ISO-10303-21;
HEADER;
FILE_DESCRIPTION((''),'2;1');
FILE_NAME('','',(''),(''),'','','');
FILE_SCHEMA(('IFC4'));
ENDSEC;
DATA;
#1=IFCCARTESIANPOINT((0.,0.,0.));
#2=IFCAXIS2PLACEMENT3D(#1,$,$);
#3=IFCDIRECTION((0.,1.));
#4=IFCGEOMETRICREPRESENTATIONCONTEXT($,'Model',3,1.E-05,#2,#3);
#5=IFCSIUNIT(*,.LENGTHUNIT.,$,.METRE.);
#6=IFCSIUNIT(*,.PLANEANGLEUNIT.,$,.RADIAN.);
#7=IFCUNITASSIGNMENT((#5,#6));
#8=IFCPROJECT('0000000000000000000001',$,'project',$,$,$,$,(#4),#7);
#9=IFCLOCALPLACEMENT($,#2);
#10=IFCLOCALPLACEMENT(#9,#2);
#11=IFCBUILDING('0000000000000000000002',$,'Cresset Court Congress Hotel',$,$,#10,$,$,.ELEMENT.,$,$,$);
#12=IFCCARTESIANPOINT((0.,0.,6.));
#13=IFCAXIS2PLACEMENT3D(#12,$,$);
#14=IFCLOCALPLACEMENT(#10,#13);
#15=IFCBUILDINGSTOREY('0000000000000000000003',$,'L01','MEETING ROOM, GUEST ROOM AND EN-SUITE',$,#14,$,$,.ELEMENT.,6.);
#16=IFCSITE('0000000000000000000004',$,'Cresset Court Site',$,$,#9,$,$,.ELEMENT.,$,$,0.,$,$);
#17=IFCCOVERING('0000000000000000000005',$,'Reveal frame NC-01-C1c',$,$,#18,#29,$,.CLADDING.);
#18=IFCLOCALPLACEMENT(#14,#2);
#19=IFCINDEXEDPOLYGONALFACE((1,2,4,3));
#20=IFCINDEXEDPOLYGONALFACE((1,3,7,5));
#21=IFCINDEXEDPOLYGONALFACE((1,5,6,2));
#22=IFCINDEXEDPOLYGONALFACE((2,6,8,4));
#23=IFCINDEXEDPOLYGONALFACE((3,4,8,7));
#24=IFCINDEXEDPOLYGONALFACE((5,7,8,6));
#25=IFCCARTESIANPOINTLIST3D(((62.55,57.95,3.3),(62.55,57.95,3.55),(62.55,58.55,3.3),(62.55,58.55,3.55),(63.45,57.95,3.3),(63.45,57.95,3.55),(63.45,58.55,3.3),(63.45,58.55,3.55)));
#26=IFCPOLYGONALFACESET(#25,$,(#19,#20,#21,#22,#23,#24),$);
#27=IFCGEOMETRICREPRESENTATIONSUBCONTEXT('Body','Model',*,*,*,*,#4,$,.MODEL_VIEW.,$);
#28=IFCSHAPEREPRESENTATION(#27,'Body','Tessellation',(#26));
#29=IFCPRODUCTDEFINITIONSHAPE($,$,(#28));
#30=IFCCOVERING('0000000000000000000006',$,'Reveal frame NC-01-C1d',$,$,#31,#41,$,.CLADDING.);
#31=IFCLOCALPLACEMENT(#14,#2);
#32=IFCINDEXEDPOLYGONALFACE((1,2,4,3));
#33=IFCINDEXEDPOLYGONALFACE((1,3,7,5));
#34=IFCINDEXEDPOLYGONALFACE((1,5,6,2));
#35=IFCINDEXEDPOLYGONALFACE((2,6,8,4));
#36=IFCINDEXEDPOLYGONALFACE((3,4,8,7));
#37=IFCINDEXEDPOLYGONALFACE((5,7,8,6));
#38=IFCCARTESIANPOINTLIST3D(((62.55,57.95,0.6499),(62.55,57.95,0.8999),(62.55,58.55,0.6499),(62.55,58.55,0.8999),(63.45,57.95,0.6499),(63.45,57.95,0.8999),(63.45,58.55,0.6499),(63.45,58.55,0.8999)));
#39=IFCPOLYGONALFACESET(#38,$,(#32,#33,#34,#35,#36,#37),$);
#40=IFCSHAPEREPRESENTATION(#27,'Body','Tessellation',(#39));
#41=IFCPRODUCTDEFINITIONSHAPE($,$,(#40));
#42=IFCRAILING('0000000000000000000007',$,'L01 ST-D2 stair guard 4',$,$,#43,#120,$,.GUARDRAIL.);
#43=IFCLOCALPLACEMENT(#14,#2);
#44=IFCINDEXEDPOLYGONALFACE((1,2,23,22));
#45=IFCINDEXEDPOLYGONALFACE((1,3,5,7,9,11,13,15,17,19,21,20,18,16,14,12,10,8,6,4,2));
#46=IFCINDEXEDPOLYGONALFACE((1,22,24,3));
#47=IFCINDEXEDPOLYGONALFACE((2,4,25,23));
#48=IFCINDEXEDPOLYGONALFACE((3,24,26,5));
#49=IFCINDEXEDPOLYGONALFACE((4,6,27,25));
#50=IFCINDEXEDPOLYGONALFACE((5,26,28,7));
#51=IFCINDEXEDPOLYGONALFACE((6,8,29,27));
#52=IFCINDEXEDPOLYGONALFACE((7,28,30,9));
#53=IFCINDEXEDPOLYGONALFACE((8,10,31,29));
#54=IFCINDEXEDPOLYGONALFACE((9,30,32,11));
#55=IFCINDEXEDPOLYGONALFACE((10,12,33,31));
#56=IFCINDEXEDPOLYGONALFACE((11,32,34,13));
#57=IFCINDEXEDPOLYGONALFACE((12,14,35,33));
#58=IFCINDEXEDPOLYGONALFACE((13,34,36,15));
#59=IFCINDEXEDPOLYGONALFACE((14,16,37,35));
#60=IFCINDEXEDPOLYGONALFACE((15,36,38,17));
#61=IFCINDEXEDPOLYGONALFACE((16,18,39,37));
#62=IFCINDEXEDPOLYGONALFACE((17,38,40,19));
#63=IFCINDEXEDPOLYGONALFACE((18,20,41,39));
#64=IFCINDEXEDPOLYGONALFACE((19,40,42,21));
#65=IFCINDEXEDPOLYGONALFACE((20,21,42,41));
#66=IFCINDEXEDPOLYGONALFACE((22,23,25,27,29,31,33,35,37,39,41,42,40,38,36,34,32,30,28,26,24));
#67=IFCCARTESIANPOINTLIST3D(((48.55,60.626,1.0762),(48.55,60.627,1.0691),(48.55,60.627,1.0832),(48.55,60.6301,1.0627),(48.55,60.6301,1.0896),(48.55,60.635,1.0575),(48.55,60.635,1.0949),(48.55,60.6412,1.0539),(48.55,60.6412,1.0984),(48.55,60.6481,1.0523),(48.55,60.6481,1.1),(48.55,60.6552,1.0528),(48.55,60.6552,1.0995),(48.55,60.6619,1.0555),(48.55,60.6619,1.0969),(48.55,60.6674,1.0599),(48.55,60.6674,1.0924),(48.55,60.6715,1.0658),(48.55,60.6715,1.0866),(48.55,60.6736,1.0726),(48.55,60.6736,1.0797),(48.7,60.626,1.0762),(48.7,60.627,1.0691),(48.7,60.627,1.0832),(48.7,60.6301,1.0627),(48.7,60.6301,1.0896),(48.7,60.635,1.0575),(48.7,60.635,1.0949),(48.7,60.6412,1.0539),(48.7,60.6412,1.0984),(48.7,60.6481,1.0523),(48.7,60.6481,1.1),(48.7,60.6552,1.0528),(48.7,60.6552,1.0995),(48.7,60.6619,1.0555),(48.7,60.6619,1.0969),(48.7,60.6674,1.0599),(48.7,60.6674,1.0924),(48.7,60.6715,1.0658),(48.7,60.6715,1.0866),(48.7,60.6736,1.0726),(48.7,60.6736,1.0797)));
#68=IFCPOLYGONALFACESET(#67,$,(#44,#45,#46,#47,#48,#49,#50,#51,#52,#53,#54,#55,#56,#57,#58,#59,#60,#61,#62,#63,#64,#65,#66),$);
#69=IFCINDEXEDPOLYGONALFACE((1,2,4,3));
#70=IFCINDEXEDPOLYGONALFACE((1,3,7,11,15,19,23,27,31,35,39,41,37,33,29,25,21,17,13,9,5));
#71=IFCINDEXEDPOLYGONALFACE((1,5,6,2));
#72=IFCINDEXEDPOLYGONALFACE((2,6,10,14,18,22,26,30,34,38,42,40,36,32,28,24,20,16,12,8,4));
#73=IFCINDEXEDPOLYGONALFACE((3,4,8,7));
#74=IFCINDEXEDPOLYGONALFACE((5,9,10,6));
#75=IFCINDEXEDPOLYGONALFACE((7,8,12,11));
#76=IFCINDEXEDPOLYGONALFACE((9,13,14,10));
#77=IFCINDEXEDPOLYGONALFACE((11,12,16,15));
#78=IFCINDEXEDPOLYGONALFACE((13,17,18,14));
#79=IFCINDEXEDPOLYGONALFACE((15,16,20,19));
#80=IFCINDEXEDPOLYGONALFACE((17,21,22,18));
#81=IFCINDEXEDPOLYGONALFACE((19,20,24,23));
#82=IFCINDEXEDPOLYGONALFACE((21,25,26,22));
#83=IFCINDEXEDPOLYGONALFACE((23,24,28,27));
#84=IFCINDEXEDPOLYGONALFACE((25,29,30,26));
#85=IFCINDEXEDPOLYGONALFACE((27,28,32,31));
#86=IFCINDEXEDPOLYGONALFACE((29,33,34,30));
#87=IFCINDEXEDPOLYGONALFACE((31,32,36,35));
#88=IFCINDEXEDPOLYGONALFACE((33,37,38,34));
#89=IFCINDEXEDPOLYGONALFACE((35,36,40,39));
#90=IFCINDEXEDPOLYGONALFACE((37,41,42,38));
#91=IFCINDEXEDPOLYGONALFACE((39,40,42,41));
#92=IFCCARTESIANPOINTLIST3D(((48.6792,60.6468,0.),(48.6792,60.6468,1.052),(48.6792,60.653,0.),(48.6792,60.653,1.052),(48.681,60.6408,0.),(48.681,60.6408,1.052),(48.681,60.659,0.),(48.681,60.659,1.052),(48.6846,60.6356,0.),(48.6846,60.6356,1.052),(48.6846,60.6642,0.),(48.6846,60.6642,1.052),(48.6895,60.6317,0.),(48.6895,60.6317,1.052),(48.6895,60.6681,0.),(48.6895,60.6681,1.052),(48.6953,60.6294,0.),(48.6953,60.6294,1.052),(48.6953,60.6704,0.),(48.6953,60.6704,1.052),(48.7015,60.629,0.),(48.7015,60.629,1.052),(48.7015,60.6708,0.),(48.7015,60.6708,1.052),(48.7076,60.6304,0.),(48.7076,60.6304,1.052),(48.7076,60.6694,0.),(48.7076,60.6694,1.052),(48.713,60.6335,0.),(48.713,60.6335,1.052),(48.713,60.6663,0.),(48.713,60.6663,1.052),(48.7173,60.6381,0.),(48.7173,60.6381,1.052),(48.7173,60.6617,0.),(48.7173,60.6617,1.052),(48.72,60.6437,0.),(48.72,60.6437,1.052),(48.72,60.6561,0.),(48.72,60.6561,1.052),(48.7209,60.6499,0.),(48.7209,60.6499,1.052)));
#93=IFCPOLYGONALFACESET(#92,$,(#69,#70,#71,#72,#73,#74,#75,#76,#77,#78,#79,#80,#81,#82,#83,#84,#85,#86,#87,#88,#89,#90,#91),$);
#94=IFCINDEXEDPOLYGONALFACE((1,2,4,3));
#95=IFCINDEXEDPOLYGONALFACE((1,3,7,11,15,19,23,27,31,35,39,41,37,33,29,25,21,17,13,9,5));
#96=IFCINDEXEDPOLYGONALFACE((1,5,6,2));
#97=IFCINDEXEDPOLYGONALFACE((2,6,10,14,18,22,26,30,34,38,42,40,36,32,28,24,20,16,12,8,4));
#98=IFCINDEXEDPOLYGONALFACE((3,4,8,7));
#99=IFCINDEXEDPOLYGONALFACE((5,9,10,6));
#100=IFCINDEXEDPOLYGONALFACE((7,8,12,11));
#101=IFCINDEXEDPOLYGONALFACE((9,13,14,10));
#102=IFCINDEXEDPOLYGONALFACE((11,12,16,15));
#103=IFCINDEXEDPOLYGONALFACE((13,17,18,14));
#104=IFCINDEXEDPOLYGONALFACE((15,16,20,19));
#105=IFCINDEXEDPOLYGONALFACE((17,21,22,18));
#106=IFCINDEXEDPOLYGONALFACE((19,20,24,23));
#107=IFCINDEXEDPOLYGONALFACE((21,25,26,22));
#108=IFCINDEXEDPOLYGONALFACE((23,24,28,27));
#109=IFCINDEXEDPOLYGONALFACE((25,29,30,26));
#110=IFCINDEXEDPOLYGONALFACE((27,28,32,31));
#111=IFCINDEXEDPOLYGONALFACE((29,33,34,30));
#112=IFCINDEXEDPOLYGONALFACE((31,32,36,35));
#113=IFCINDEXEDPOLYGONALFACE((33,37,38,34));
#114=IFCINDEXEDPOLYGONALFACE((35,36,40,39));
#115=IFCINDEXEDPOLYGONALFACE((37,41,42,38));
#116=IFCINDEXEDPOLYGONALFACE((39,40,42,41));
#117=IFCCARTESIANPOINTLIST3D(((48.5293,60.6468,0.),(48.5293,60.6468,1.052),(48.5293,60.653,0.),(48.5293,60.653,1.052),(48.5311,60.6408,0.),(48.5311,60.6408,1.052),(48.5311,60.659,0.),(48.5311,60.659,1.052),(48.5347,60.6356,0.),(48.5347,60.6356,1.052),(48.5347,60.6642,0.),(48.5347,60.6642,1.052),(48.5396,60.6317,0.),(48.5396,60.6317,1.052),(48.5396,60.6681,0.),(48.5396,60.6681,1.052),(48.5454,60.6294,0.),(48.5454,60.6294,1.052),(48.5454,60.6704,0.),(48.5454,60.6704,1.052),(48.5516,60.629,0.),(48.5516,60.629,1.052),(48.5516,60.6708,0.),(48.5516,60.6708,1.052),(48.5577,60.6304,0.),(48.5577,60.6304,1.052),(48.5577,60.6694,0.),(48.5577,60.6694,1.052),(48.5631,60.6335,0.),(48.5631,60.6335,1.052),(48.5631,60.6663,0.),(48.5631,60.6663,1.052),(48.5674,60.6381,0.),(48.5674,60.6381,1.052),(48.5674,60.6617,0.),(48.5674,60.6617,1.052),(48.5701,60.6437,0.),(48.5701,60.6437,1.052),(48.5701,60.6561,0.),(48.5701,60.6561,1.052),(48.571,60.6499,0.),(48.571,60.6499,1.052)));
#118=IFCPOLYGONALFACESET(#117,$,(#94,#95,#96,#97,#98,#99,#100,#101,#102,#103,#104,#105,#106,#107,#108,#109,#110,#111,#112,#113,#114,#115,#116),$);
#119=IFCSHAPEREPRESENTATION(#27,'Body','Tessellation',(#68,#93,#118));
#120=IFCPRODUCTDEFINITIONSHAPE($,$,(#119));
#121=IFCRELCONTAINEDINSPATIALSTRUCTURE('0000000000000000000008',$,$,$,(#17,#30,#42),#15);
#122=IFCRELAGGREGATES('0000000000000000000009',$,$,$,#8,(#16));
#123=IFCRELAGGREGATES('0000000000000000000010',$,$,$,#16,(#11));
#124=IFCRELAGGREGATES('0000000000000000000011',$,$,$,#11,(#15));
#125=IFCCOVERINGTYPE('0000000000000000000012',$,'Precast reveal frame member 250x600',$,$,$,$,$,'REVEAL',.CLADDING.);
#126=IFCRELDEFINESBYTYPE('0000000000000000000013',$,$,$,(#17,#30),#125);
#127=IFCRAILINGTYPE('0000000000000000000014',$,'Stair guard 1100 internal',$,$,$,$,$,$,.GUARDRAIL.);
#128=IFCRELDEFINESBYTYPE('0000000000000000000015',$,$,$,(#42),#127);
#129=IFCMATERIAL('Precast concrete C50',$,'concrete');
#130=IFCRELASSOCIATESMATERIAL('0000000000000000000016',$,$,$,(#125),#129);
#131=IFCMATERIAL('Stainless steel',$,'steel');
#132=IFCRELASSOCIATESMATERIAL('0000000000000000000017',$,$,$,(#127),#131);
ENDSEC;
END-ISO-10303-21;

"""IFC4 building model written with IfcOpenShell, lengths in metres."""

from ifc_helpers import new_model, si_unit, direction, frame, origin, origin_2d, place, context, subcontext, project, spatial, rectangle, circle, extrude, material, type_object, element, save


model = new_model("IFC4")

# Units and contexts
model_context = context("Model", 3, precision=1e-05, world=origin(), true_north=direction((0.0, 1.0)))
body_context = subcontext(model_context, "Body", "Model", "MODEL_VIEW")
ifc_project = project(units=[si_unit("LENGTHUNIT", "METRE"), si_unit("PLANEANGLEUNIT", "RADIAN")], contexts=[model_context])

# Site, building, storey
site_placement = place(None, origin())
site = spatial("IfcSite", under=ifc_project, at=site_placement, Name="Cresset Court Site", CompositionType="ELEMENT", RefElevation=0.0)
building_placement = place(site_placement, origin())
building = spatial("IfcBuilding", under=site, at=building_placement, Name="Cresset Court Congress Hotel", CompositionType="ELEMENT")
storey_placement = place(building_placement, frame((0.0, 0.0, 6.0)))
storey = spatial("IfcBuildingStorey", under=building, at=storey_placement, Name="L01", Description="MEETING ROOM, GUEST ROOM AND EN-SUITE", CompositionType="ELEMENT", Elevation=6.0)

# Coverings
ifc_material_1 = material(Name="Precast concrete C50", Category="concrete")
covering_type = type_object("IfcCoveringType", Name="Precast reveal frame member 250x600", ElementType="REVEAL", PredefinedType="CLADDING", material=ifc_material_1)
for number, where, z_axis, x_axis, name in (
    (1, (63.0, 58.25, 3.3), (0.0, 0.0, 1.0), (1.0, 0.0, 0.0), "Reveal frame NC-01-C1c"),
    (2, (63.0, 58.25, 0.6499), (0.0, 0.0, 1.0), (1.0, 0.0, 0.0), "Reveal frame NC-01-C1d"),
):
    element("IfcCovering", number, at=place(storey_placement, frame(where, z_axis=z_axis, x_axis=x_axis)), inside=storey, type_object=covering_type, Name=name, PredefinedType="CLADDING", context=body_context, shape_type="SweptSolid", body=[
        extrude(rectangle(XDim=0.8999, YDim=0.6001, at=origin_2d()), origin(), (0.0, 0.0, 1.0), 0.25),
    ])

# Railing
ifc_material_2 = material(Name="Stainless steel", Category="steel")
railing_type_1 = type_object("IfcRailingType", Name="Stair guard 1100 internal", PredefinedType="GUARDRAIL", material=ifc_material_2)
railing_1_placement = place(storey_placement, frame((48.7, 60.6499, 0.0)))
element("IfcRailing", 3, at=railing_1_placement, inside=storey, type_object=railing_type_1, Name="L01 ST-D2 stair guard 4", PredefinedType="GUARDRAIL", context=body_context, shape_type="SweptSolid", body=[
    extrude(circle(Radius=0.0239, at=origin_2d()), frame((0.0, 0.0, 1.0762), z_axis=(-1.0, 0.0, 0.0), x_axis=(0.0, -1.0, 0.0)), (0.0, 0.0, 1.0), 0.1499),
    extrude(circle(Radius=0.021, at=origin_2d()), origin(), (0.0, 0.0, 1.0), 1.052),
    extrude(circle(Radius=0.021, at=origin_2d()), frame((-0.1499, 0.0, 0.0)), (0.0, 0.0, 1.0), 1.052),
])

save(model, "model.ifc")
